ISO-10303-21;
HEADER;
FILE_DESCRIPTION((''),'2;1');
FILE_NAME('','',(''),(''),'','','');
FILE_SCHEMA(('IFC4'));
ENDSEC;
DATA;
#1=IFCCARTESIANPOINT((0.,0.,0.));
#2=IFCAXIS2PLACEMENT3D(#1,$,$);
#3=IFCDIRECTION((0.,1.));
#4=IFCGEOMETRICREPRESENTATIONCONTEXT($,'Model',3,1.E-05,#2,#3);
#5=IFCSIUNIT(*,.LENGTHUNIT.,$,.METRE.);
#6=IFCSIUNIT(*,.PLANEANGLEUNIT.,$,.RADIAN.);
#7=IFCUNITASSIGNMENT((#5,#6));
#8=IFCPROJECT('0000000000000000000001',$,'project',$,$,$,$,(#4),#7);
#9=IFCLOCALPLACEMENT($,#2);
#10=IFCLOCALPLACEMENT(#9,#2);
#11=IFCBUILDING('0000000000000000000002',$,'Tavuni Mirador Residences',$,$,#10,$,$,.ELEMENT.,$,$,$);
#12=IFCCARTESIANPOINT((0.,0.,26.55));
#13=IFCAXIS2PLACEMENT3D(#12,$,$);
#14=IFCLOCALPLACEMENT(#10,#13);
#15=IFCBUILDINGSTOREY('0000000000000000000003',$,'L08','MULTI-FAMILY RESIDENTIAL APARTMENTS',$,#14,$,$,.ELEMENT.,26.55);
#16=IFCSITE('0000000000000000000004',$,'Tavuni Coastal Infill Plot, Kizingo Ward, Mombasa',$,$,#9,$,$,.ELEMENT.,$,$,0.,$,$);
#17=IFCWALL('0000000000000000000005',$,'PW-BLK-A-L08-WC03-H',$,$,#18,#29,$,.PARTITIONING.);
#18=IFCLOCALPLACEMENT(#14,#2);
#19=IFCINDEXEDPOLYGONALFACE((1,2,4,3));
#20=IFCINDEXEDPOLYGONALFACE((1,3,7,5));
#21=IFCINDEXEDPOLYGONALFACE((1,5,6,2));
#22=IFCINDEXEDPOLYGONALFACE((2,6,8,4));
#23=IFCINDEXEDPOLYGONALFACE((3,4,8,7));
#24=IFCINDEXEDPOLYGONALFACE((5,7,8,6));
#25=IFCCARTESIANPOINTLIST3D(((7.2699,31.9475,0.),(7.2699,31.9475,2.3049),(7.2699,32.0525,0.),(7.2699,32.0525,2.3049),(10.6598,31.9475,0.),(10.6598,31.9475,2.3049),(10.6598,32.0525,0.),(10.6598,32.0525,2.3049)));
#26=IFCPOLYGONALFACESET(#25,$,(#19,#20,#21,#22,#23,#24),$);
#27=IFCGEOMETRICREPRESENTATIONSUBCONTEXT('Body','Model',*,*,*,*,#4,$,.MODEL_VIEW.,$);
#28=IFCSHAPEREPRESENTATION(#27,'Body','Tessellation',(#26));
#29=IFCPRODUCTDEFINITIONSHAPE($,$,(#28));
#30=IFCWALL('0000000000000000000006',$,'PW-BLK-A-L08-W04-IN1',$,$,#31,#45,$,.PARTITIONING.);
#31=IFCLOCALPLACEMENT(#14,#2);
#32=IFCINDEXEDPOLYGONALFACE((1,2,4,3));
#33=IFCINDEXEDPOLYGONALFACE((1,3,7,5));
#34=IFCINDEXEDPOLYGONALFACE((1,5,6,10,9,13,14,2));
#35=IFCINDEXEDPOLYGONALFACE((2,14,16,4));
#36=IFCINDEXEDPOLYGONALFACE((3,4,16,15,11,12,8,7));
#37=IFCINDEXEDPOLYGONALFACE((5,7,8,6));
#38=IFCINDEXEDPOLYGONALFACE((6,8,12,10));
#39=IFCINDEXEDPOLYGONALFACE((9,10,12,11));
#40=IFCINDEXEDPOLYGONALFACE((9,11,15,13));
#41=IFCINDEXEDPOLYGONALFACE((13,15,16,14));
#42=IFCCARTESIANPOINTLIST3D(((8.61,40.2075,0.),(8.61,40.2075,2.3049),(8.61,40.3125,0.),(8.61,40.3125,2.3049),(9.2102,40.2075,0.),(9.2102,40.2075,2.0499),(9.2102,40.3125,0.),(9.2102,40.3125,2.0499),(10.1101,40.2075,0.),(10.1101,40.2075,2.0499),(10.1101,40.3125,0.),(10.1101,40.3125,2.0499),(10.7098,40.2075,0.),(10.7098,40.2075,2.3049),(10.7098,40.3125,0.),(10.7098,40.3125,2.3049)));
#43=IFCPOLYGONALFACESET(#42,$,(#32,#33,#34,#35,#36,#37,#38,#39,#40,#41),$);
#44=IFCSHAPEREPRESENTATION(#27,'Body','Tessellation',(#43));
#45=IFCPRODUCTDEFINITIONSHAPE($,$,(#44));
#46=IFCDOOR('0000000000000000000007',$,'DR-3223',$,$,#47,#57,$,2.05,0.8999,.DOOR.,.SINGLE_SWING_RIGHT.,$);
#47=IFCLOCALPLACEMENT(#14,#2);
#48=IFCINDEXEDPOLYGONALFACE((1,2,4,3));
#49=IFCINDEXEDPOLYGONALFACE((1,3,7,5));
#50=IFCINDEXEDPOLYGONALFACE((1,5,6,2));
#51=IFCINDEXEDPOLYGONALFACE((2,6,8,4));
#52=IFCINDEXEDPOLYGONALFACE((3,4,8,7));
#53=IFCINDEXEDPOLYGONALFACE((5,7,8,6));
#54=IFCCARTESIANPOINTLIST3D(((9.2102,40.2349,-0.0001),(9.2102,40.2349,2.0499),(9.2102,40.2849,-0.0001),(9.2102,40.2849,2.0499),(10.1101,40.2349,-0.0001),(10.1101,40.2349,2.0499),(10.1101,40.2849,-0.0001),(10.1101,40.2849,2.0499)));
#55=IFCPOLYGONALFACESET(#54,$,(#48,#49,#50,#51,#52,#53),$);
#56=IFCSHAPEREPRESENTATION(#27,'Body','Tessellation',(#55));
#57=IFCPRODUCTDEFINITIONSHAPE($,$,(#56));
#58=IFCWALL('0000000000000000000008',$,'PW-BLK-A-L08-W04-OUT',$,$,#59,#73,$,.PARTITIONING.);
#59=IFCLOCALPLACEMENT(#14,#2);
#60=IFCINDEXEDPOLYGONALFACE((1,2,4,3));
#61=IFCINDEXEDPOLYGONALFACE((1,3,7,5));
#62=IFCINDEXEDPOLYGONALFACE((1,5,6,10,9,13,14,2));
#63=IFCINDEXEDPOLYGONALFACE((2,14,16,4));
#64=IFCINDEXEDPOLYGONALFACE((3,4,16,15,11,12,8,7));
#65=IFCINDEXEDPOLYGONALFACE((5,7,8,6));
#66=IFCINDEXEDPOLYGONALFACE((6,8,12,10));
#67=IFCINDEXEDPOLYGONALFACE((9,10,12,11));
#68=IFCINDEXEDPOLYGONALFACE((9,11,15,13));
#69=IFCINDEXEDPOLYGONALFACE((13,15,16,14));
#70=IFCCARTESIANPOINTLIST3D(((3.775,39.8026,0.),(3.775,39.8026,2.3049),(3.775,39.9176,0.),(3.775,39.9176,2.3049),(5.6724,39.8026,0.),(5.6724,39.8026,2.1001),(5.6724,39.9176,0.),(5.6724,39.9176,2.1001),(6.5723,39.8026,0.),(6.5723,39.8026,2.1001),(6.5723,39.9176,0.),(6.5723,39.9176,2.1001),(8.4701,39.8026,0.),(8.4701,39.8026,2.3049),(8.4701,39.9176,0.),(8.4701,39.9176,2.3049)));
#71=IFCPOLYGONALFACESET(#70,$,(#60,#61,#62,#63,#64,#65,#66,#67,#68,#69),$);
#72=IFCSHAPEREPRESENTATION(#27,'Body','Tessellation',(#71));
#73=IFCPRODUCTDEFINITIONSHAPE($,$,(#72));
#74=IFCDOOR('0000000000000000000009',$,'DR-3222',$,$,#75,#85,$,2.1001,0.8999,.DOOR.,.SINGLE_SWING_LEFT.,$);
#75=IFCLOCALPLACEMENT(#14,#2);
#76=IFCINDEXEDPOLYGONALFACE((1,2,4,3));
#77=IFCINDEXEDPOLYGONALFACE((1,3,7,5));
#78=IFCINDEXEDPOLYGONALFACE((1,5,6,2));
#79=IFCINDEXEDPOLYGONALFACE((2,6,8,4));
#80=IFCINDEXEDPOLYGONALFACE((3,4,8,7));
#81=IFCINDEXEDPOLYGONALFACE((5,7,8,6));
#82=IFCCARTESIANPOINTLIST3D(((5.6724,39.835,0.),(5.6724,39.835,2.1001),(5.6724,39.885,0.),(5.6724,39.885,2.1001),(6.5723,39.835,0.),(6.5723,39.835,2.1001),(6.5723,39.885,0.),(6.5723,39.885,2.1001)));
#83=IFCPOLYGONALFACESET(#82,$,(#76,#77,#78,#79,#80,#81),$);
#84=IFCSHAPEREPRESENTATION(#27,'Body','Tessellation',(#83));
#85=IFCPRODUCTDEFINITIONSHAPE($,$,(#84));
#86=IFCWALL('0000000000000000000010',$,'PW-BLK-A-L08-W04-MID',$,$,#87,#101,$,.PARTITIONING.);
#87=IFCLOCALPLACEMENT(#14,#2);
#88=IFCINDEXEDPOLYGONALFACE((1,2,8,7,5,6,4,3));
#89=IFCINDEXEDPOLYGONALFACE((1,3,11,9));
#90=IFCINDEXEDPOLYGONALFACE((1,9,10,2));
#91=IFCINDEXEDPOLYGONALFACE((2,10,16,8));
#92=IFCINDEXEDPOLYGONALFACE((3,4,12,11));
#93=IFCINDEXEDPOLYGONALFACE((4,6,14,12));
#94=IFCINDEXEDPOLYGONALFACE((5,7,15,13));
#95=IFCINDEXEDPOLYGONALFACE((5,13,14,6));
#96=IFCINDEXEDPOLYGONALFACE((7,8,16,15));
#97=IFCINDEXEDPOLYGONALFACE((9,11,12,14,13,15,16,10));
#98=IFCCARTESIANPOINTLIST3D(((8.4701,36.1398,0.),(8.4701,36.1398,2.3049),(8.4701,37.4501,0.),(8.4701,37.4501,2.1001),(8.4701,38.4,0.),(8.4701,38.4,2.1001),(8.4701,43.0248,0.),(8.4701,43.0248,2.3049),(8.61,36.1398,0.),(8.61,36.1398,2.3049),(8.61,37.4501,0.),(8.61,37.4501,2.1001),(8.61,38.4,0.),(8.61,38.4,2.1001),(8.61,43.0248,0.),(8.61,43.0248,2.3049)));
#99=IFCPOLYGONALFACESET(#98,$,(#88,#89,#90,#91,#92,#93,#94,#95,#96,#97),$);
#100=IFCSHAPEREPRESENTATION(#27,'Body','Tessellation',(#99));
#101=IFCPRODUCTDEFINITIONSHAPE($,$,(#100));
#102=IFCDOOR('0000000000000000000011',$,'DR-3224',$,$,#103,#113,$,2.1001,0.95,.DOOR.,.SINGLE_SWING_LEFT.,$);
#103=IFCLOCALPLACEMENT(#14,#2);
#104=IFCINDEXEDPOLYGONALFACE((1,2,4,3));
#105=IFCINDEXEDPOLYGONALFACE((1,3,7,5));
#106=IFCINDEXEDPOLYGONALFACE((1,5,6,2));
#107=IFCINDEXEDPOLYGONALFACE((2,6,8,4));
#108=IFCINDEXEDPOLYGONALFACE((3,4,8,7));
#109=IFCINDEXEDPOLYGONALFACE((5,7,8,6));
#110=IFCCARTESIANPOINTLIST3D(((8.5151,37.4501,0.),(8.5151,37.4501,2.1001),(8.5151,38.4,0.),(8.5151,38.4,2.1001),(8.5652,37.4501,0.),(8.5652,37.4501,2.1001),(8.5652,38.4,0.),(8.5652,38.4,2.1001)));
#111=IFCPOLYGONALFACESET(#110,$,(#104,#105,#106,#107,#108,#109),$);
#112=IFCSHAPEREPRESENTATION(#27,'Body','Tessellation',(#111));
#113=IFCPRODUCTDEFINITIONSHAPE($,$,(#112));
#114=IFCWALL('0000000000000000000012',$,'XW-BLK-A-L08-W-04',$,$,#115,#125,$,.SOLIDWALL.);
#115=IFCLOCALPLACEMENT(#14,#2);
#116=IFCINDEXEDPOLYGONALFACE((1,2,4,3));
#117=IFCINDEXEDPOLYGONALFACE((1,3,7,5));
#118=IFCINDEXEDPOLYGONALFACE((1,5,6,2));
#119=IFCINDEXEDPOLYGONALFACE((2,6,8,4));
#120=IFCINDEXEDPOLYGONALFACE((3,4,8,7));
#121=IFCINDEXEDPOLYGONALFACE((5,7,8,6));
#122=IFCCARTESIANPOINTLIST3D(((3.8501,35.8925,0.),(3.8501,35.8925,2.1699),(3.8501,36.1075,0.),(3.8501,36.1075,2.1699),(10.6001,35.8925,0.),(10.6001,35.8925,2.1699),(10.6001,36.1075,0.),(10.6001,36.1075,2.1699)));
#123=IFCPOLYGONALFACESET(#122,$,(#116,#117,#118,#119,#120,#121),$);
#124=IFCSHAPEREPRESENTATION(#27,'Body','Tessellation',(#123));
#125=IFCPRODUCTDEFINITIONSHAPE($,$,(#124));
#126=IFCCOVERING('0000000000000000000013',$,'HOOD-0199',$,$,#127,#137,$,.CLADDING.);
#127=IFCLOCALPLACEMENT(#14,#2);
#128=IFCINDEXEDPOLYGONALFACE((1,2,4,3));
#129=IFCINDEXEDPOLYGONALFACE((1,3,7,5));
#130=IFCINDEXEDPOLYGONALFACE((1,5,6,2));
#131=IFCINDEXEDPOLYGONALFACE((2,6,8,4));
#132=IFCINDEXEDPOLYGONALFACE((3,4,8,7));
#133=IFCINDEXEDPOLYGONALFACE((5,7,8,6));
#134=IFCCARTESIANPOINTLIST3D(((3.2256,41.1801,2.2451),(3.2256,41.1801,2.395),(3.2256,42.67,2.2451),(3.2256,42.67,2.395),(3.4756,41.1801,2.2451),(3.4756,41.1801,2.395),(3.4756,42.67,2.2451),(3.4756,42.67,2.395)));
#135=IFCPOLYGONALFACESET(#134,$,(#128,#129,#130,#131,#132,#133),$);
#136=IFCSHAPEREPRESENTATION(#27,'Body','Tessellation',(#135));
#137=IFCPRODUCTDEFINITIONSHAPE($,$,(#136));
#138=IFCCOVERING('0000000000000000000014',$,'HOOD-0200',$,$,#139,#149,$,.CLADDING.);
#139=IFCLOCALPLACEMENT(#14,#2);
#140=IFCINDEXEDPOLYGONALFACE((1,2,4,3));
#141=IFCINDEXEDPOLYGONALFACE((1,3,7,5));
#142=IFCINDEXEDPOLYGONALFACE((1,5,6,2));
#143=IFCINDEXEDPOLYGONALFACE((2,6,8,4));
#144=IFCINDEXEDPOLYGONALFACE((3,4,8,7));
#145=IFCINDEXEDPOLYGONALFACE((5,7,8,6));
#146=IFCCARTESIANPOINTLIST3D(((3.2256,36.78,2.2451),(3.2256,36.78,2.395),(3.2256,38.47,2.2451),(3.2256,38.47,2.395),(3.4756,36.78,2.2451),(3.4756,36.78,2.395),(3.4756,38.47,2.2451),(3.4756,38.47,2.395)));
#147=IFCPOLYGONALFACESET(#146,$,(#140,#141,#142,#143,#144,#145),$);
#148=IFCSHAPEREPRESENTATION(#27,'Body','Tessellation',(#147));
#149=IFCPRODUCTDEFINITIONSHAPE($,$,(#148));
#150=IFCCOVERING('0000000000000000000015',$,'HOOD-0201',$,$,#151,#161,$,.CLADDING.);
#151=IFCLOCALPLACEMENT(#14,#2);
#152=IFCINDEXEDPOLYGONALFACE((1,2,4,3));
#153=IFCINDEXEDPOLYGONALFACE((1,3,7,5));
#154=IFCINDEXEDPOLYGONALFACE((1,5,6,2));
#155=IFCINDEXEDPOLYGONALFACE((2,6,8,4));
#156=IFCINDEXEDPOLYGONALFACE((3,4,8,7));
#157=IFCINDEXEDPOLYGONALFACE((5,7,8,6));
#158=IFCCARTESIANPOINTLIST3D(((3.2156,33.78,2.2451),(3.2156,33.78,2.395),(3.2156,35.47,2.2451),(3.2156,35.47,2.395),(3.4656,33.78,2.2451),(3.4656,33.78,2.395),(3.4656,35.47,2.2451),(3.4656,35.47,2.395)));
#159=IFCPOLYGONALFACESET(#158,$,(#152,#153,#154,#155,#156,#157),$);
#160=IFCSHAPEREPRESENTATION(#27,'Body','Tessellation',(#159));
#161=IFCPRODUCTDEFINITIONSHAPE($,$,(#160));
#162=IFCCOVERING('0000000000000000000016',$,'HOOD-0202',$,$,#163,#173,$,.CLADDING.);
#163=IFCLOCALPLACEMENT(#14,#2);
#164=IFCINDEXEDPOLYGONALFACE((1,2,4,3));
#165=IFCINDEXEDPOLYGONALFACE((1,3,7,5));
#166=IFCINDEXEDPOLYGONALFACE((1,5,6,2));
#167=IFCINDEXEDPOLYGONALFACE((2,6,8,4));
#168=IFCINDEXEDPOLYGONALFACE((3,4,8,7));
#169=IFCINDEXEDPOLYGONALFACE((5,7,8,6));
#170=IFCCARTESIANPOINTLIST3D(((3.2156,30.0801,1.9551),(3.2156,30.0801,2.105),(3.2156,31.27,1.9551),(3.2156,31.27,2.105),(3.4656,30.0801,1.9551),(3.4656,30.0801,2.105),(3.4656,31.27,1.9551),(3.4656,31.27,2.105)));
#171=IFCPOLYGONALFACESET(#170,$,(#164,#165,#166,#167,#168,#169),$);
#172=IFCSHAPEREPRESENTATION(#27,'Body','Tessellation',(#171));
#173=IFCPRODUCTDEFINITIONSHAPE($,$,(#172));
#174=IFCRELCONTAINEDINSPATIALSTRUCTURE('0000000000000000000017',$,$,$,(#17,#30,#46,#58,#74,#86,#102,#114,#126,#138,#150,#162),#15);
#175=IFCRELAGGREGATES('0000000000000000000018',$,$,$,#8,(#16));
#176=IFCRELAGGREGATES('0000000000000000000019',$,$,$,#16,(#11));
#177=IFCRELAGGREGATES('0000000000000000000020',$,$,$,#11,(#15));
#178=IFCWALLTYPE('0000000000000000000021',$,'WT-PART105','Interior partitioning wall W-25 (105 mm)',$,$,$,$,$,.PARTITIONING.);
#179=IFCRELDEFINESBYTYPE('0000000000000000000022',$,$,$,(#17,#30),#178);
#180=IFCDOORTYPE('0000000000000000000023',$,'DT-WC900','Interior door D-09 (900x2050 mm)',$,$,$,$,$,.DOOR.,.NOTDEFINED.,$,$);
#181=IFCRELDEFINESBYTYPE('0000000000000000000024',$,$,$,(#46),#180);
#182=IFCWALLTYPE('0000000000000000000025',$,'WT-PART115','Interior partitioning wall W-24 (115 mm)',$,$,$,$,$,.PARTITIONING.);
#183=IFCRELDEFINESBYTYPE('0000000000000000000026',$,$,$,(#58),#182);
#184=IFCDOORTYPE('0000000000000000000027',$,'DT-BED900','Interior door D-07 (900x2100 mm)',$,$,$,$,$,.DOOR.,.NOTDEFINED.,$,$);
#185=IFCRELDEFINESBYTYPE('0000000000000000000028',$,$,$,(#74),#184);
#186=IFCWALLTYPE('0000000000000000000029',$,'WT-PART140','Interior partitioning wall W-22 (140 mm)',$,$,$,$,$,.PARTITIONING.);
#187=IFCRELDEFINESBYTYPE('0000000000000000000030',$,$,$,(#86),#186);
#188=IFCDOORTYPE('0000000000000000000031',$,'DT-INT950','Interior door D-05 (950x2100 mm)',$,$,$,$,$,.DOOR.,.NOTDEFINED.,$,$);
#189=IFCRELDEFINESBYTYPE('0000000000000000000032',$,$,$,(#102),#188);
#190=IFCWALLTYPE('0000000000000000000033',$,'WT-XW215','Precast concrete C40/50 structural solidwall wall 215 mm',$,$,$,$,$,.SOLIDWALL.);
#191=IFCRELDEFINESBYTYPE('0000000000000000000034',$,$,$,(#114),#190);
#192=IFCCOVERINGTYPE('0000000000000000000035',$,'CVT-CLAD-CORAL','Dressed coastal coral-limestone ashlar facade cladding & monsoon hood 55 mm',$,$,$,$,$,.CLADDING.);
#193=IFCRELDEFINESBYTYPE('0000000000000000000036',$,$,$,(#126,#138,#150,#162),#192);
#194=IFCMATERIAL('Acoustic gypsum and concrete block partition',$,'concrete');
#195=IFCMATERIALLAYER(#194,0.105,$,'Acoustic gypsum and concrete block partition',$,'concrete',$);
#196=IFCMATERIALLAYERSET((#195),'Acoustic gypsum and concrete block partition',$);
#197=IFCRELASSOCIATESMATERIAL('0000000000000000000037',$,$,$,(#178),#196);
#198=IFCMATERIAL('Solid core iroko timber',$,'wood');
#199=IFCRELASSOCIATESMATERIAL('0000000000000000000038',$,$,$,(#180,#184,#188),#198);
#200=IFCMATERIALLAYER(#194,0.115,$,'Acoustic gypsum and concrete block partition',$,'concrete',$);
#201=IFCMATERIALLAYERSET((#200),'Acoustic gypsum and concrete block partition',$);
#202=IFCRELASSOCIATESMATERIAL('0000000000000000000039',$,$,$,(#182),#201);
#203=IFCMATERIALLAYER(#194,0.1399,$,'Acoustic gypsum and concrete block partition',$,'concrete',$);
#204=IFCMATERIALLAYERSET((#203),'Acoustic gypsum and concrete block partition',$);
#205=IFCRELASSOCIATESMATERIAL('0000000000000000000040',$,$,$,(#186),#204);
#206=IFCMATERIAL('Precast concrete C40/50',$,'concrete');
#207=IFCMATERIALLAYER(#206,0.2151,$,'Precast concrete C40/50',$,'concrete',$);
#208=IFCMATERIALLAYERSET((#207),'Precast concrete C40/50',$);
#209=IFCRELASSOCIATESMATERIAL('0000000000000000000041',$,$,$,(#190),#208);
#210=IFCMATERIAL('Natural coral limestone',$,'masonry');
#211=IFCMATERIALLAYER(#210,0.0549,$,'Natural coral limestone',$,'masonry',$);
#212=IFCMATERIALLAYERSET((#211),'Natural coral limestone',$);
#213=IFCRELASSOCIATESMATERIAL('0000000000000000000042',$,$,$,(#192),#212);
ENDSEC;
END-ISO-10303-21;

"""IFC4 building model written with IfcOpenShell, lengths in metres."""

from ifc_helpers import new_model, si_unit, direction, frame, frame_2d, origin, origin_2d, place, context, subcontext, project, spatial, rectangle, extrude, material, layer, layer_set, type_object, element, fill, save


model = new_model("IFC4")

# Units and contexts
model_context = context("Model", 3, precision=1e-05, world=origin(), true_north=direction((0.0, 1.0)))
body_context = subcontext(model_context, "Body", "Model", "MODEL_VIEW")
ifc_project = project(units=[si_unit("LENGTHUNIT", "METRE"), si_unit("PLANEANGLEUNIT", "RADIAN")], contexts=[model_context])

# Site, building, storey
site_placement = place(None, origin())
site = spatial("IfcSite", under=ifc_project, at=site_placement, Name="Tavuni Coastal Infill Plot, Kizingo Ward, Mombasa", CompositionType="ELEMENT", RefElevation=0.0)
building_placement = place(site_placement, origin())
building = spatial("IfcBuilding", under=site, at=building_placement, Name="Tavuni Mirador Residences", CompositionType="ELEMENT")
storey_placement = place(building_placement, frame((0.0, 0.0, 26.55)))
storey = spatial("IfcBuildingStorey", under=building, at=storey_placement, Name="L08", Description="MULTI-FAMILY RESIDENTIAL APARTMENTS", CompositionType="ELEMENT", Elevation=26.55)

# Shared definitions
ifc_material_1 = material(Name="Precast concrete C40/50", Category="concrete")

# Wall
ifc_material_2 = material(Name="Acoustic gypsum and concrete block partition", Category="concrete")
ifc_layer_1 = layer(ifc_material_2, 0.105, Name="Acoustic gypsum and concrete block partition", Category="concrete")
ifc_layer_set_1 = layer_set([ifc_layer_1], Name="Acoustic gypsum and concrete block partition")
wall_type_1 = type_object("IfcWallType", Name="WT-PART105", Description="Interior partitioning wall W-25 (105 mm)", PredefinedType="PARTITIONING", material=ifc_layer_set_1)
wall_1_placement = place(storey_placement, frame((7.27, 32.0, 0.0), z_axis=(0.0, 0.0, 1.0), x_axis=(1.0, 0.0, 0.0)))
element("IfcWall", 1, at=wall_1_placement, inside=storey, type_object=wall_type_1, Name="PW-BLK-A-L08-WC03-H", PredefinedType="PARTITIONING", context=body_context, shape_type="SweptSolid", body=[
    extrude(rectangle(XDim=3.3899, YDim=0.105, at=frame_2d((1.6948, 0.0))), origin(), (0.0, 0.0, 1.0), 2.3049),
])

# Walls, openings, doors
wall_2_placement = place(storey_placement, frame((8.6101, 40.26, 0.0), z_axis=(0.0, 0.0, 1.0), x_axis=(1.0, 0.0, 0.0)))
wall_2 = element("IfcWall", 2, at=wall_2_placement, inside=storey, type_object=wall_type_1, Name="PW-BLK-A-L08-W04-IN1", PredefinedType="PARTITIONING", context=body_context, shape_type="SweptSolid", body=[
    extrude(rectangle(XDim=2.0999, YDim=0.105, at=frame_2d((1.0498, 0.0))), origin(), (0.0, 0.0, 1.0), 2.3049),
])
opening_1_placement = place(wall_2_placement, frame((0.6001, 0.0, 0.0)))
opening_1 = element("IfcOpeningElement", 3, at=opening_1_placement, cuts=wall_2, PredefinedType="OPENING", context=body_context, shape_type="SweptSolid", body=[
    extrude(rectangle(XDim=0.8999, YDim=2.05, at=frame_2d((0.45, 1.0249))), frame((0.0, 0.0625, 0.0), z_axis=(0.0, -1.0, 0.0), x_axis=(1.0, 0.0, 0.0)), (0.0, 0.0, 1.0), 0.125),
])
ifc_material_3 = material(Name="Solid core iroko timber", Category="wood")
door_type_1 = type_object("IfcDoorType", Name="DT-WC900", Description="Interior door D-09 (900x2050 mm)", OperationType="NOTDEFINED", PredefinedType="DOOR", material=ifc_material_3)
door_1_placement = place(opening_1_placement, origin())
door_1 = element("IfcDoor", 4, at=door_1_placement, inside=storey, type_object=door_type_1, Name="DR-3223", OperationType="SINGLE_SWING_RIGHT", OverallHeight=2.05, OverallWidth=0.8999, PredefinedType="DOOR", context=body_context, shape_type="SweptSolid", body=[
    extrude(rectangle(XDim=0.8999, YDim=2.05, at=frame_2d((0.45, 1.0249))), frame((0.0, 0.0249, 0.0), z_axis=(0.0, -1.0, 0.0), x_axis=(1.0, 0.0, 0.0)), (0.0, 0.0, 1.0), 0.05),
])
fill(opening_1, door_1)
ifc_layer_2 = layer(ifc_material_2, 0.115, Name="Acoustic gypsum and concrete block partition", Category="concrete")
ifc_layer_set_2 = layer_set([ifc_layer_2], Name="Acoustic gypsum and concrete block partition")
wall_type_2 = type_object("IfcWallType", Name="WT-PART115", Description="Interior partitioning wall W-24 (115 mm)", PredefinedType="PARTITIONING", material=ifc_layer_set_2)
wall_3_placement = place(storey_placement, frame((3.7749, 39.8601, 0.0), z_axis=(0.0, 0.0, 1.0), x_axis=(1.0, 0.0, 0.0)))
wall_3 = element("IfcWall", 5, at=wall_3_placement, inside=storey, type_object=wall_type_2, Name="PW-BLK-A-L08-W04-OUT", PredefinedType="PARTITIONING", context=body_context, shape_type="SweptSolid", body=[
    extrude(rectangle(XDim=4.6951, YDim=0.115, at=frame_2d((2.3477, 0.0))), origin(), (0.0, 0.0, 1.0), 2.3049),
])
opening_2_placement = place(wall_3_placement, frame((1.8975, 0.0, 0.0)))
opening_2 = element("IfcOpeningElement", 6, at=opening_2_placement, cuts=wall_3, PredefinedType="OPENING", context=body_context, shape_type="SweptSolid", body=[
    extrude(rectangle(XDim=0.8999, YDim=2.1001, at=frame_2d((0.45, 1.05))), frame((0.0, 0.0674, 0.0), z_axis=(0.0, -1.0, 0.0), x_axis=(1.0, 0.0, 0.0)), (0.0, 0.0, 1.0), 0.135),
])
door_type_2 = type_object("IfcDoorType", Name="DT-BED900", Description="Interior door D-07 (900x2100 mm)", OperationType="NOTDEFINED", PredefinedType="DOOR", material=ifc_material_3)
door_2_placement = place(opening_2_placement, origin())
door_2 = element("IfcDoor", 7, at=door_2_placement, inside=storey, type_object=door_type_2, Name="DR-3222", OperationType="SINGLE_SWING_LEFT", OverallHeight=2.1001, OverallWidth=0.8999, PredefinedType="DOOR", context=body_context, shape_type="SweptSolid", body=[
    extrude(rectangle(XDim=0.8999, YDim=2.1001, at=frame_2d((0.45, 1.05))), frame((0.0, 0.0249, 0.0), z_axis=(0.0, -1.0, 0.0), x_axis=(1.0, 0.0, 0.0)), (0.0, 0.0, 1.0), 0.05),
])
fill(opening_2, door_2)
ifc_layer_3 = layer(ifc_material_2, 0.1399, Name="Acoustic gypsum and concrete block partition", Category="concrete")
ifc_layer_set_3 = layer_set([ifc_layer_3], Name="Acoustic gypsum and concrete block partition")
wall_type_3 = type_object("IfcWallType", Name="WT-PART140", Description="Interior partitioning wall W-22 (140 mm)", PredefinedType="PARTITIONING", material=ifc_layer_set_3)
wall_4_placement = place(storey_placement, frame((8.54, 36.1399, 0.0), z_axis=(0.0, 0.0, 1.0), x_axis=(0.0, 1.0, 0.0)))
wall_4 = element("IfcWall", 8, at=wall_4_placement, inside=storey, type_object=wall_type_3, Name="PW-BLK-A-L08-W04-MID", PredefinedType="PARTITIONING", context=body_context, shape_type="SweptSolid", body=[
    extrude(rectangle(XDim=6.885, YDim=0.1399, at=frame_2d((3.4424, 0.0))), origin(), (0.0, 0.0, 1.0), 2.3049),
])
opening_3_placement = place(wall_4_placement, frame((1.3101, 0.0, 0.0)))
opening_3 = element("IfcOpeningElement", 9, at=opening_3_placement, cuts=wall_4, PredefinedType="OPENING", context=body_context, shape_type="SweptSolid", body=[
    extrude(rectangle(XDim=0.95, YDim=2.1001, at=frame_2d((0.4751, 1.05))), frame((0.0, 0.0801, 0.0), z_axis=(0.0, -1.0, 0.0), x_axis=(1.0, 0.0, 0.0)), (0.0, 0.0, 1.0), 0.1599),
])
door_type_3 = type_object("IfcDoorType", Name="DT-INT950", Description="Interior door D-05 (950x2100 mm)", OperationType="NOTDEFINED", PredefinedType="DOOR", material=ifc_material_3)
door_3_placement = place(opening_3_placement, origin())
door_3 = element("IfcDoor", 10, at=door_3_placement, inside=storey, type_object=door_type_3, Name="DR-3224", OperationType="SINGLE_SWING_LEFT", OverallHeight=2.1001, OverallWidth=0.95, PredefinedType="DOOR", context=body_context, shape_type="SweptSolid", body=[
    extrude(rectangle(XDim=0.95, YDim=2.1001, at=frame_2d((0.4751, 1.05))), frame((0.0, 0.0249, 0.0), z_axis=(0.0, -1.0, 0.0), x_axis=(1.0, 0.0, 0.0)), (0.0, 0.0, 1.0), 0.05),
])
fill(opening_3, door_3)

# Wall
ifc_layer_4 = layer(ifc_material_1, 0.2151, Name="Precast concrete C40/50", Category="concrete")
ifc_layer_set_4 = layer_set([ifc_layer_4], Name="Precast concrete C40/50")
wall_type_4 = type_object("IfcWallType", Name="WT-XW215", Description="Precast concrete C40/50 structural solidwall wall 215 mm", PredefinedType="SOLIDWALL", material=ifc_layer_set_4)
wall_5_placement = place(storey_placement, frame((3.8501, 36.0, 0.0), z_axis=(0.0, 0.0, 1.0), x_axis=(1.0, 0.0, 0.0)))
element("IfcWall", 11, at=wall_5_placement, inside=storey, type_object=wall_type_4, Name="XW-BLK-A-L08-W-04", PredefinedType="SOLIDWALL", context=body_context, shape_type="SweptSolid", body=[
    extrude(rectangle(XDim=6.75, YDim=0.2151, at=frame_2d((3.375, 0.0))), origin(), (0.0, 0.0, 1.0), 2.1699),
])

# Coverings
ifc_material_4 = material(Name="Natural coral limestone", Category="masonry")
ifc_layer_5 = layer(ifc_material_4, 0.0549, Name="Natural coral limestone", Category="masonry")
ifc_layer_set_5 = layer_set([ifc_layer_5], Name="Natural coral limestone")
covering_type = type_object("IfcCoveringType", Name="CVT-CLAD-CORAL", Description="Dressed coastal coral-limestone ashlar facade cladding & monsoon hood 55 mm", PredefinedType="CLADDING", material=ifc_layer_set_5)
covering_1_placement = place(storey_placement, frame((3.3506, 41.925, 2.2451), z_axis=(0.0, 0.0, 1.0), x_axis=(0.0, -1.0, 0.0)))
element("IfcCovering", 12, at=covering_1_placement, inside=storey, type_object=covering_type, Name="HOOD-0199", PredefinedType="CLADDING", context=body_context, shape_type="SweptSolid", body=[
    extrude(rectangle(XDim=1.49, YDim=0.25, at=origin_2d()), origin(), (0.0, 0.0, 1.0), 0.1499),
])
for number, where, z_axis, x_axis, name in (
    (13, (3.3506, 37.625, 2.2451), (0.0, 0.0, 1.0), (0.0, -1.0, 0.0), "HOOD-0200"),
    (14, (3.3406, 34.625, 2.2451), (0.0, 0.0, 1.0), (0.0, -1.0, 0.0), "HOOD-0201"),
):
    element("IfcCovering", number, at=place(storey_placement, frame(where, z_axis=z_axis, x_axis=x_axis)), inside=storey, type_object=covering_type, Name=name, PredefinedType="CLADDING", context=body_context, shape_type="SweptSolid", body=[
        extrude(rectangle(XDim=1.6899, YDim=0.25, at=origin_2d()), origin(), (0.0, 0.0, 1.0), 0.1499),
    ])
covering_2_placement = place(storey_placement, frame((3.3406, 30.675, 1.9551), z_axis=(0.0, 0.0, 1.0), x_axis=(0.0, -1.0, 0.0)))
element("IfcCovering", 15, at=covering_2_placement, inside=storey, type_object=covering_type, Name="HOOD-0202", PredefinedType="CLADDING", context=body_context, shape_type="SweptSolid", body=[
    extrude(rectangle(XDim=1.1899, YDim=0.25, at=origin_2d()), origin(), (0.0, 0.0, 1.0), 0.1499),
])

save(model, "model.ifc")
